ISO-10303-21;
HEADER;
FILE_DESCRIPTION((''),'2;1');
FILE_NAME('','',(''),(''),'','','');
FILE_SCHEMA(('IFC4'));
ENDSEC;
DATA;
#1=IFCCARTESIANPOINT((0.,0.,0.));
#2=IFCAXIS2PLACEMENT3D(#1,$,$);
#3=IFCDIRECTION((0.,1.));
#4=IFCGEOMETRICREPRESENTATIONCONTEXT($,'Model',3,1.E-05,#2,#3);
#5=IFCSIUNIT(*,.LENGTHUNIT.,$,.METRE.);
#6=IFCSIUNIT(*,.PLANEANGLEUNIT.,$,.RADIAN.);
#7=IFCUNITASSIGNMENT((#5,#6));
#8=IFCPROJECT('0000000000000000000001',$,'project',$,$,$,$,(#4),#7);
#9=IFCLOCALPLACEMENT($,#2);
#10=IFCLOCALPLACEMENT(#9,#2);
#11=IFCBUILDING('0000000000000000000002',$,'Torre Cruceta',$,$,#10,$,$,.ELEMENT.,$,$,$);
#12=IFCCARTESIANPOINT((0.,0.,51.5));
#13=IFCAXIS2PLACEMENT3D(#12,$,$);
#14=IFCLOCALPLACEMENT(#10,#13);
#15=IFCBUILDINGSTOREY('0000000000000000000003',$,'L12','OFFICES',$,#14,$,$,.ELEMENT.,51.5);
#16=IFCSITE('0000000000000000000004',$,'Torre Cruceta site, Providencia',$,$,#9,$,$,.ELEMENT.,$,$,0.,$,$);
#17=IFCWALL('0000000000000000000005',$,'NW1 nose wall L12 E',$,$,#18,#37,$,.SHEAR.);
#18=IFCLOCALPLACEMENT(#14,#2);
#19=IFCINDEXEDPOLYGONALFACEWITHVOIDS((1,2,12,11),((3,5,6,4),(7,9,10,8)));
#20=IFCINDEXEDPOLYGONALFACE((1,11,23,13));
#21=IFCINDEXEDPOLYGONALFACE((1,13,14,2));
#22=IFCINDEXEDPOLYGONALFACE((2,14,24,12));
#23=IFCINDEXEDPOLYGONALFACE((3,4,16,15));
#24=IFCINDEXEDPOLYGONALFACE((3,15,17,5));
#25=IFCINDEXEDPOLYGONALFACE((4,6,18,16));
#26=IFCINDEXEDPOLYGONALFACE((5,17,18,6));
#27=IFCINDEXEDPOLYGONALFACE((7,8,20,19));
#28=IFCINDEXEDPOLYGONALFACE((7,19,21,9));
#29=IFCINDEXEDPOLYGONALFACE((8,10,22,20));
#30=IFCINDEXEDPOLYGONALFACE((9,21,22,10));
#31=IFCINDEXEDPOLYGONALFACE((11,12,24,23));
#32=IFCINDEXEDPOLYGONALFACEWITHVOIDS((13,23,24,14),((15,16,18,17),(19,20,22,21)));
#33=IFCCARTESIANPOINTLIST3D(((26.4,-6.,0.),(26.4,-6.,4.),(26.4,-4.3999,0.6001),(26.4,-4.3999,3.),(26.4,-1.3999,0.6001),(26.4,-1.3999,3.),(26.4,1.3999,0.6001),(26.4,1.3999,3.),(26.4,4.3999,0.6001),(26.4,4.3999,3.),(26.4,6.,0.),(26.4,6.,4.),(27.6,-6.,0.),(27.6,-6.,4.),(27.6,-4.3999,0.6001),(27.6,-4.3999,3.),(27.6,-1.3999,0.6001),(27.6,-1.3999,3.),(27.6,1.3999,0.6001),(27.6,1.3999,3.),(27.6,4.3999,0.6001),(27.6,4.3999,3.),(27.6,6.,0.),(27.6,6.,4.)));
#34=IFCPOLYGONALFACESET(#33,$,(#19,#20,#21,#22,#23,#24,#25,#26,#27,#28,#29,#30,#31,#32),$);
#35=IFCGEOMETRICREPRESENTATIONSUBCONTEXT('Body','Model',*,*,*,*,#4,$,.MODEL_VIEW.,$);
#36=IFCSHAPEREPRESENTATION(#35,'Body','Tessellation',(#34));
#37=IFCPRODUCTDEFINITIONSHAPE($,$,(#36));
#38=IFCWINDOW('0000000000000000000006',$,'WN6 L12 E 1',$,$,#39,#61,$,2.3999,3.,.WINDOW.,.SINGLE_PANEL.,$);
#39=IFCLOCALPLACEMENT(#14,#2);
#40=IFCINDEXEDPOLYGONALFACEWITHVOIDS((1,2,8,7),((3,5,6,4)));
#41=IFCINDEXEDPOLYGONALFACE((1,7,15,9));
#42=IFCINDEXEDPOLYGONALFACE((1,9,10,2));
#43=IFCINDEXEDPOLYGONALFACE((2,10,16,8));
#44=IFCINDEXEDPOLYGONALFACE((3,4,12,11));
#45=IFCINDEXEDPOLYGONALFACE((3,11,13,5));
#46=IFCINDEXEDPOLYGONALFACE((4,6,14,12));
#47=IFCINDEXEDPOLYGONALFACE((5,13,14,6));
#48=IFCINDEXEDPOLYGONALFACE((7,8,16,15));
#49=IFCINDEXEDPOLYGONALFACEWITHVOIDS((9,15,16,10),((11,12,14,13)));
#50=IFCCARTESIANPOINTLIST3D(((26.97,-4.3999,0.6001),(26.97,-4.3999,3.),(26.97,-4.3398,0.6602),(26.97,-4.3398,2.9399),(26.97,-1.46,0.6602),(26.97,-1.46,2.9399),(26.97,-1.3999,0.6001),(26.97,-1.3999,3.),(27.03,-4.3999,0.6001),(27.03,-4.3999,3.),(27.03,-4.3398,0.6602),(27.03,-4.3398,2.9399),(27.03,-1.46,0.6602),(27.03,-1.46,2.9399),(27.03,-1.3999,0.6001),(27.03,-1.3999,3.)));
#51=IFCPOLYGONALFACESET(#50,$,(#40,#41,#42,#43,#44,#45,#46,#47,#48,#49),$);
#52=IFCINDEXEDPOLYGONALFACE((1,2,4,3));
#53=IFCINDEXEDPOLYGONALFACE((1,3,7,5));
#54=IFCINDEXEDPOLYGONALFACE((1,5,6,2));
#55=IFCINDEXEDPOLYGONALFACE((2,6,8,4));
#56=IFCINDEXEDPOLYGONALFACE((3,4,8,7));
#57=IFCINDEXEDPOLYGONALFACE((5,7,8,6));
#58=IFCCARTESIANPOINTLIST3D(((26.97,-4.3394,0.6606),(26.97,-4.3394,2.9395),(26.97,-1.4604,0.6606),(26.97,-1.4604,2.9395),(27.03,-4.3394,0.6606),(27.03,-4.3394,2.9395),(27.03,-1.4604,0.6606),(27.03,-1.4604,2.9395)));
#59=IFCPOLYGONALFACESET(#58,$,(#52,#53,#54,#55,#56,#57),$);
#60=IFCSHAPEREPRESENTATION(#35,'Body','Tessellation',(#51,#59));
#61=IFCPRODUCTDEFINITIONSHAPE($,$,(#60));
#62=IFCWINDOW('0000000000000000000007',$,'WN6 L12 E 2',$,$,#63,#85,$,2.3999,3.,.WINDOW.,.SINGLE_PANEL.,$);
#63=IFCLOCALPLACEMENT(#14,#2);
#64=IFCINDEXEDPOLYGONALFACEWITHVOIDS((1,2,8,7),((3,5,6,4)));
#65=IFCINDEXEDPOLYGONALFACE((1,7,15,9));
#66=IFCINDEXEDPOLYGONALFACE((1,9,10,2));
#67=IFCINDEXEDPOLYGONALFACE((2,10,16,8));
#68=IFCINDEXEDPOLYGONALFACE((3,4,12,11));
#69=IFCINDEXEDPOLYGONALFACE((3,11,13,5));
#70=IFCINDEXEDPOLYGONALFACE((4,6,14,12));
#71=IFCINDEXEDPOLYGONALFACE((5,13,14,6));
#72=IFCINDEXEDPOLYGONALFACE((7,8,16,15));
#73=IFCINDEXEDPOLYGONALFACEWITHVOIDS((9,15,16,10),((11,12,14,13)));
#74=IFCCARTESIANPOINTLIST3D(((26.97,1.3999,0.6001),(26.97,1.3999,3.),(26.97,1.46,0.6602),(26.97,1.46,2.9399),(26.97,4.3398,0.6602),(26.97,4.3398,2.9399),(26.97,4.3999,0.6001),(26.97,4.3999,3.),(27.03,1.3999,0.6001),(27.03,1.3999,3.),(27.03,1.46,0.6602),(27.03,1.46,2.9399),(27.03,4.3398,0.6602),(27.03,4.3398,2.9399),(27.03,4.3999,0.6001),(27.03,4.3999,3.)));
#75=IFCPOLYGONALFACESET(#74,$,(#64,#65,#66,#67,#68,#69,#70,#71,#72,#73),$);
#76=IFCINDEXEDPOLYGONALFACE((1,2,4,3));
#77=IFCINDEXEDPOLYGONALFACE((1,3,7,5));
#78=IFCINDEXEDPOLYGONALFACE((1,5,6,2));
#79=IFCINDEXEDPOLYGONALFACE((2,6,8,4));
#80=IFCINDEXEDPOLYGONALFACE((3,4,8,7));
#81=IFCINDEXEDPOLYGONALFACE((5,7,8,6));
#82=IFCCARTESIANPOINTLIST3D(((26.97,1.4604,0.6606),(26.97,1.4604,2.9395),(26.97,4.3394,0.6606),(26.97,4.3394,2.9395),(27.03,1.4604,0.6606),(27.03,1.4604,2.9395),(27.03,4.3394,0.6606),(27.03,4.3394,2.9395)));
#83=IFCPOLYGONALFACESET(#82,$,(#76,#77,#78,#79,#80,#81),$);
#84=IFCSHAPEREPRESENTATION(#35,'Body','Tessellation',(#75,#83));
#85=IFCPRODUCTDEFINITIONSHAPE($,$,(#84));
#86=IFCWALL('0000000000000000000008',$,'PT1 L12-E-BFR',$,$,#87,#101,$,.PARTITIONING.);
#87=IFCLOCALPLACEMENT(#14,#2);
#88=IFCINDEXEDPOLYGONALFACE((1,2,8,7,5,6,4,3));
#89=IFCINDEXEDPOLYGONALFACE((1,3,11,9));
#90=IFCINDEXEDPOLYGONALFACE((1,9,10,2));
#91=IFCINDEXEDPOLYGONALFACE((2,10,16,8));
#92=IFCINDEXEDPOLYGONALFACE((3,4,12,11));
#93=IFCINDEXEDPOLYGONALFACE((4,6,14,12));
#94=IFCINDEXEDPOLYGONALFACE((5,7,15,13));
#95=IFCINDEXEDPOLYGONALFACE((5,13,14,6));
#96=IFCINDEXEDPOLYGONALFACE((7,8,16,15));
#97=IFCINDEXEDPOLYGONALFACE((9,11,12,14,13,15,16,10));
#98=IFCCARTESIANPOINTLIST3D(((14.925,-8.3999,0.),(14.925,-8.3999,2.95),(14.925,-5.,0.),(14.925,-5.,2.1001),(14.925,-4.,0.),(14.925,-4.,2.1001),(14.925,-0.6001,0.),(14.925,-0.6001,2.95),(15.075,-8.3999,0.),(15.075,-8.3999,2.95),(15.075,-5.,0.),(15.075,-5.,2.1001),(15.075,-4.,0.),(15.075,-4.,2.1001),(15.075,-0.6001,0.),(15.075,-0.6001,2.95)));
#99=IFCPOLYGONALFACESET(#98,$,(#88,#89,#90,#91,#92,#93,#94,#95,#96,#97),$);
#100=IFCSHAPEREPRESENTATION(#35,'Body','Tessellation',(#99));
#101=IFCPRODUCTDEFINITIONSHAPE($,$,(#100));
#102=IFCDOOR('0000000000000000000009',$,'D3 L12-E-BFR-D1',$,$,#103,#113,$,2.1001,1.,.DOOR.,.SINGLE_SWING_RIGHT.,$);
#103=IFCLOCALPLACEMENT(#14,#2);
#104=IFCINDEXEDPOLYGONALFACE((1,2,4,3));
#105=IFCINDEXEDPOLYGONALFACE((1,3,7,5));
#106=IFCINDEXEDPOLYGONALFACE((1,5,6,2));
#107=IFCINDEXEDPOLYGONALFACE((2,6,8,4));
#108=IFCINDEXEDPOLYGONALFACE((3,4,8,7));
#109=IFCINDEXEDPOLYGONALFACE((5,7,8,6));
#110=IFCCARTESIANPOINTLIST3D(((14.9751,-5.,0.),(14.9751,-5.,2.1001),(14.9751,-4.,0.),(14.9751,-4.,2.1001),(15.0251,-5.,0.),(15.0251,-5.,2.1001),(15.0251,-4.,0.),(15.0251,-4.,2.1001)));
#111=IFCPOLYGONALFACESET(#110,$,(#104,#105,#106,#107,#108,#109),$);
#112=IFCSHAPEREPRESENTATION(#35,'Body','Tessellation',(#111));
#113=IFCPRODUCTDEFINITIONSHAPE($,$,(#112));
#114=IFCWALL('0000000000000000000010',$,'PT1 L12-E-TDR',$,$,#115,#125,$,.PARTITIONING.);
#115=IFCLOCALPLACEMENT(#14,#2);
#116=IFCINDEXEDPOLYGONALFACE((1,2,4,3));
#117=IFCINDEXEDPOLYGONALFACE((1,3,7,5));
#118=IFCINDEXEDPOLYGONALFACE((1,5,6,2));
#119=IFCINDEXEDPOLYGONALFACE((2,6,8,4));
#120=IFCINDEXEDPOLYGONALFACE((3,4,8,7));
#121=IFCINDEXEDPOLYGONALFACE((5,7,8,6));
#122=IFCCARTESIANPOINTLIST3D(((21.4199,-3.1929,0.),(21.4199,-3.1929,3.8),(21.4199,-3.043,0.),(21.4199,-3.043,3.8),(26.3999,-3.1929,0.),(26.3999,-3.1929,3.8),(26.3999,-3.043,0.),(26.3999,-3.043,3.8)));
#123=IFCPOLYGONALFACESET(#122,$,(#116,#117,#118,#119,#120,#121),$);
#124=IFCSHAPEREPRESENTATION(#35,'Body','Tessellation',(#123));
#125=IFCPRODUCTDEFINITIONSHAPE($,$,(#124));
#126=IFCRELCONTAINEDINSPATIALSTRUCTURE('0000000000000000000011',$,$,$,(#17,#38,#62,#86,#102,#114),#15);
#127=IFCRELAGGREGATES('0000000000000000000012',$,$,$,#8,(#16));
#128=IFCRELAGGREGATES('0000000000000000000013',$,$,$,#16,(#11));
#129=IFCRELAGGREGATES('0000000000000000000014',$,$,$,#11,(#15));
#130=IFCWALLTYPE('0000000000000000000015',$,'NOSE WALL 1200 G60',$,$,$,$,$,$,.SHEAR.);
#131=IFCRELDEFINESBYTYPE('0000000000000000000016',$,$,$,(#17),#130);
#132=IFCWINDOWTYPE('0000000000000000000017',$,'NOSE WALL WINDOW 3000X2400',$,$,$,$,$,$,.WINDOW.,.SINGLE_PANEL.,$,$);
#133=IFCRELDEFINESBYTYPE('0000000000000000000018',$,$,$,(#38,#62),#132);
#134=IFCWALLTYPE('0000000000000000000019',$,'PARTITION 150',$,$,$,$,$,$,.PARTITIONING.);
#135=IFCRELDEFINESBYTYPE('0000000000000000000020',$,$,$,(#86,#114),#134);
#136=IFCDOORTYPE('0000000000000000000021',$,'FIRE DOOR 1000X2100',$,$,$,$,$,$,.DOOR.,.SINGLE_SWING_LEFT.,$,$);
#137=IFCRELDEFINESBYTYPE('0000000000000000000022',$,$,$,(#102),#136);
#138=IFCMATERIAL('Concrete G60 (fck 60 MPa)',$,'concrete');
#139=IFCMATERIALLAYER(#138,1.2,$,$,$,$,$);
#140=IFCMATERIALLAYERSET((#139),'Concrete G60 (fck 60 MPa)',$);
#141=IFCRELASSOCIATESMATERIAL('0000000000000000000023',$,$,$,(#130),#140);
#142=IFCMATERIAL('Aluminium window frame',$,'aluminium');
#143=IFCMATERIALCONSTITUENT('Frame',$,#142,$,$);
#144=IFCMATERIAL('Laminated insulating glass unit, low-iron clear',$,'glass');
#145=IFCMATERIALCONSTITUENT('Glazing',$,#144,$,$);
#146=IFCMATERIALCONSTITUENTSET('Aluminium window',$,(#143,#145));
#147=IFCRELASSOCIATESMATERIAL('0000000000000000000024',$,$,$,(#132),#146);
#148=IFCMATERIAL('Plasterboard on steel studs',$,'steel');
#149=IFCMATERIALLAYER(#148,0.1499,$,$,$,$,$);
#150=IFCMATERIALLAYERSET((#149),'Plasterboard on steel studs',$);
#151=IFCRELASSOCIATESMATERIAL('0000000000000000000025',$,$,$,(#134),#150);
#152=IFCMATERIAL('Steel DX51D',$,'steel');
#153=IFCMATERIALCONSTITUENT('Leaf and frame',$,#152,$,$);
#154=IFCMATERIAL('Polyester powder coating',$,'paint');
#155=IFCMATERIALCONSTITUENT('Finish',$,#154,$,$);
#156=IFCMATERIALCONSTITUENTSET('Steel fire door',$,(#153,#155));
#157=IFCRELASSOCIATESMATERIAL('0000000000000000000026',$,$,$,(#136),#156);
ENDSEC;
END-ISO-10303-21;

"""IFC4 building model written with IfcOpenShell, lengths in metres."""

from ifc_helpers import new_model, si_unit, direction, frame, frame_2d, origin, place, context, subcontext, project, spatial, rectangle, hollow_rectangle, extrude, material, layer, layer_set, constituent, constituent_set, type_object, element, fill, save


model = new_model("IFC4")

# Units and contexts
model_context = context("Model", 3, precision=1e-05, world=origin(), true_north=direction((0.0, 1.0)))
body_context = subcontext(model_context, "Body", "Model", "MODEL_VIEW")
ifc_project = project(units=[si_unit("LENGTHUNIT", "METRE"), si_unit("PLANEANGLEUNIT", "RADIAN")], contexts=[model_context])

# Site, building, storey
site_placement = place(None, origin())
site = spatial("IfcSite", under=ifc_project, at=site_placement, Name="Torre Cruceta site, Providencia", CompositionType="ELEMENT", RefElevation=0.0)
building_placement = place(site_placement, origin())
building = spatial("IfcBuilding", under=site, at=building_placement, Name="Torre Cruceta", CompositionType="ELEMENT")
storey_placement = place(building_placement, frame((0.0, 0.0, 51.5)))
storey = spatial("IfcBuildingStorey", under=building, at=storey_placement, Name="L12", Description="OFFICES", CompositionType="ELEMENT", Elevation=51.5)

# Wall, openings, windows
ifc_material_1 = material(Name="Concrete G60 (fck 60 MPa)", Category="concrete")
ifc_layer_1 = layer(ifc_material_1, 1.2)
ifc_layer_set_1 = layer_set([ifc_layer_1], Name="Concrete G60 (fck 60 MPa)")
wall_type_1 = type_object("IfcWallType", Name="NOSE WALL 1200 G60", PredefinedType="SHEAR", material=ifc_layer_set_1)
wall_1_placement = place(storey_placement, frame((27.0, -6.0, 0.0), z_axis=(0.0, 0.0, 1.0), x_axis=(0.0, 1.0, 0.0)))
wall_1 = element("IfcWall", 1, at=wall_1_placement, inside=storey, type_object=wall_type_1, Name="NW1 nose wall L12 E", PredefinedType="SHEAR", context=body_context, shape_type="SweptSolid", body=[
    extrude(rectangle(XDim=12.0, YDim=1.2, at=frame_2d((6.0, 0.0))), origin(), (0.0, 0.0, 1.0), 4.0),
])
opening_1_placement = place(wall_1_placement, frame((1.6001, 0.0, 0.6001)))
opening_1 = element("IfcOpeningElement", 2, at=opening_1_placement, cuts=wall_1, PredefinedType="OPENING", context=body_context, shape_type="SweptSolid", body=[
    extrude(rectangle(XDim=3.0, YDim=2.3999, at=frame_2d((1.5, 1.2))), frame((0.0, 0.6099, 0.0), z_axis=(0.0, -1.0, 0.0), x_axis=(1.0, 0.0, 0.0)), (0.0, 0.0, 1.0), 1.22),
])
opening_2_placement = place(wall_1_placement, frame((7.3999, 0.0, 0.6001)))
opening_2 = element("IfcOpeningElement", 3, at=opening_2_placement, cuts=wall_1, PredefinedType="OPENING", context=body_context, shape_type="SweptSolid", body=[
    extrude(rectangle(XDim=3.0, YDim=2.3999, at=frame_2d((1.5, 1.2))), frame((0.0, 0.6099, 0.0), z_axis=(0.0, -1.0, 0.0), x_axis=(1.0, 0.0, 0.0)), (0.0, 0.0, 1.0), 1.22),
])
ifc_material_2 = material(Name="Aluminium window frame", Category="aluminium")
ifc_constituent_1 = constituent(ifc_material_2, Name="Frame")
ifc_material_3 = material(Name="Laminated insulating glass unit, low-iron clear", Category="glass")
ifc_constituent_2 = constituent(ifc_material_3, Name="Glazing")
ifc_constituent_set_1 = constituent_set(constituents=[ifc_constituent_1, ifc_constituent_2], Name="Aluminium window")
window_type = type_object("IfcWindowType", Name="NOSE WALL WINDOW 3000X2400", PartitioningType="SINGLE_PANEL", PredefinedType="WINDOW", material=ifc_constituent_set_1)
window_1_placement = place(opening_1_placement, origin())
window_1 = element("IfcWindow", 4, at=window_1_placement, inside=storey, type_object=window_type, Name="WN6 L12 E 1", OverallHeight=2.3999, OverallWidth=3.0, PartitioningType="SINGLE_PANEL", PredefinedType="WINDOW", context=body_context, shape_type="SweptSolid", body=[
    extrude(hollow_rectangle(XDim=3.0, YDim=2.3999, WallThickness=0.0601, at=frame_2d((1.5, 1.2))), frame((0.0, 0.03, 0.0), z_axis=(0.0, -1.0, 0.0), x_axis=(1.0, 0.0, 0.0)), (0.0, 0.0, 1.0), 0.0601),
    extrude(rectangle(XDim=2.8789, YDim=2.2788, at=frame_2d((1.5, 1.2))), frame((0.0, 0.03, 0.0), z_axis=(0.0, -1.0, 0.0), x_axis=(1.0, 0.0, 0.0)), (0.0, 0.0, 1.0), 0.0601),
])
fill(opening_1, window_1)
window_2_placement = place(opening_2_placement, origin())
window_2 = element("IfcWindow", 5, at=window_2_placement, inside=storey, type_object=window_type, Name="WN6 L12 E 2", OverallHeight=2.3999, OverallWidth=3.0, PartitioningType="SINGLE_PANEL", PredefinedType="WINDOW", context=body_context, shape_type="SweptSolid", body=[
    extrude(hollow_rectangle(XDim=3.0, YDim=2.3999, WallThickness=0.0601, at=frame_2d((1.5, 1.2))), frame((0.0, 0.03, 0.0), z_axis=(0.0, -1.0, 0.0), x_axis=(1.0, 0.0, 0.0)), (0.0, 0.0, 1.0), 0.0601),
    extrude(rectangle(XDim=2.8789, YDim=2.2788, at=frame_2d((1.5, 1.2))), frame((0.0, 0.03, 0.0), z_axis=(0.0, -1.0, 0.0), x_axis=(1.0, 0.0, 0.0)), (0.0, 0.0, 1.0), 0.0601),
])
fill(opening_2, window_2)

# Wall, opening, door
ifc_material_4 = material(Name="Plasterboard on steel studs", Category="steel")
ifc_layer_2 = layer(ifc_material_4, 0.1499)
ifc_layer_set_2 = layer_set([ifc_layer_2], Name="Plasterboard on steel studs")
wall_type_2 = type_object("IfcWallType", Name="PARTITION 150", PredefinedType="PARTITIONING", material=ifc_layer_set_2)
wall_2_placement = place(storey_placement, frame((15.0, -8.3999, 0.0), z_axis=(0.0, 0.0, 1.0), x_axis=(0.0, 1.0, 0.0)))
wall_2 = element("IfcWall", 6, at=wall_2_placement, inside=storey, type_object=wall_type_2, Name="PT1 L12-E-BFR", PredefinedType="PARTITIONING", context=body_context, shape_type="SweptSolid", body=[
    extrude(rectangle(XDim=7.7998, YDim=0.1499, at=frame_2d((3.8999, 0.0))), origin(), (0.0, 0.0, 1.0), 2.95),
])
opening_3_placement = place(wall_2_placement, frame((3.3999, 0.0, 0.0)))
opening_3 = element("IfcOpeningElement", 7, at=opening_3_placement, cuts=wall_2, PredefinedType="OPENING", context=body_context, shape_type="SweptSolid", body=[
    extrude(rectangle(XDim=1.0, YDim=2.1001, at=frame_2d((0.5, 1.05))), frame((0.0, 0.085, 0.0), z_axis=(0.0, -1.0, 0.0), x_axis=(1.0, 0.0, 0.0)), (0.0, 0.0, 1.0), 0.1699),
])
ifc_material_5 = material(Name="Steel DX51D", Category="steel")
ifc_constituent_3 = constituent(ifc_material_5, Name="Leaf and frame")
ifc_material_6 = material(Name="Polyester powder coating", Category="paint")
ifc_constituent_4 = constituent(ifc_material_6, Name="Finish")
ifc_constituent_set_2 = constituent_set(constituents=[ifc_constituent_3, ifc_constituent_4], Name="Steel fire door")
door_type = type_object("IfcDoorType", Name="FIRE DOOR 1000X2100", OperationType="SINGLE_SWING_LEFT", PredefinedType="DOOR", material=ifc_constituent_set_2)
door_placement = place(opening_3_placement, origin())
door = element("IfcDoor", 8, at=door_placement, inside=storey, type_object=door_type, Name="D3 L12-E-BFR-D1", OperationType="SINGLE_SWING_RIGHT", OverallHeight=2.1001, OverallWidth=1.0, PredefinedType="DOOR", context=body_context, shape_type="SweptSolid", body=[
    extrude(rectangle(XDim=1.0, YDim=2.1001, at=frame_2d((0.5, 1.05))), frame((0.0, 0.0249, 0.0), z_axis=(0.0, -1.0, 0.0), x_axis=(1.0, 0.0, 0.0)), (0.0, 0.0, 1.0), 0.05),
])
fill(opening_3, door)

# Wall
wall_3_placement = place(storey_placement, frame((21.4199, -3.1179, 0.0), z_axis=(0.0, 0.0, 1.0), x_axis=(1.0, 0.0, 0.0)))
element("IfcWall", 9, at=wall_3_placement, inside=storey, type_object=wall_type_2, Name="PT1 L12-E-TDR", PredefinedType="PARTITIONING", context=body_context, shape_type="SweptSolid", body=[
    extrude(rectangle(XDim=4.98, YDim=0.1499, at=frame_2d((2.49, 0.0))), origin(), (0.0, 0.0, 1.0), 3.8),
])

save(model, "model.ifc")
